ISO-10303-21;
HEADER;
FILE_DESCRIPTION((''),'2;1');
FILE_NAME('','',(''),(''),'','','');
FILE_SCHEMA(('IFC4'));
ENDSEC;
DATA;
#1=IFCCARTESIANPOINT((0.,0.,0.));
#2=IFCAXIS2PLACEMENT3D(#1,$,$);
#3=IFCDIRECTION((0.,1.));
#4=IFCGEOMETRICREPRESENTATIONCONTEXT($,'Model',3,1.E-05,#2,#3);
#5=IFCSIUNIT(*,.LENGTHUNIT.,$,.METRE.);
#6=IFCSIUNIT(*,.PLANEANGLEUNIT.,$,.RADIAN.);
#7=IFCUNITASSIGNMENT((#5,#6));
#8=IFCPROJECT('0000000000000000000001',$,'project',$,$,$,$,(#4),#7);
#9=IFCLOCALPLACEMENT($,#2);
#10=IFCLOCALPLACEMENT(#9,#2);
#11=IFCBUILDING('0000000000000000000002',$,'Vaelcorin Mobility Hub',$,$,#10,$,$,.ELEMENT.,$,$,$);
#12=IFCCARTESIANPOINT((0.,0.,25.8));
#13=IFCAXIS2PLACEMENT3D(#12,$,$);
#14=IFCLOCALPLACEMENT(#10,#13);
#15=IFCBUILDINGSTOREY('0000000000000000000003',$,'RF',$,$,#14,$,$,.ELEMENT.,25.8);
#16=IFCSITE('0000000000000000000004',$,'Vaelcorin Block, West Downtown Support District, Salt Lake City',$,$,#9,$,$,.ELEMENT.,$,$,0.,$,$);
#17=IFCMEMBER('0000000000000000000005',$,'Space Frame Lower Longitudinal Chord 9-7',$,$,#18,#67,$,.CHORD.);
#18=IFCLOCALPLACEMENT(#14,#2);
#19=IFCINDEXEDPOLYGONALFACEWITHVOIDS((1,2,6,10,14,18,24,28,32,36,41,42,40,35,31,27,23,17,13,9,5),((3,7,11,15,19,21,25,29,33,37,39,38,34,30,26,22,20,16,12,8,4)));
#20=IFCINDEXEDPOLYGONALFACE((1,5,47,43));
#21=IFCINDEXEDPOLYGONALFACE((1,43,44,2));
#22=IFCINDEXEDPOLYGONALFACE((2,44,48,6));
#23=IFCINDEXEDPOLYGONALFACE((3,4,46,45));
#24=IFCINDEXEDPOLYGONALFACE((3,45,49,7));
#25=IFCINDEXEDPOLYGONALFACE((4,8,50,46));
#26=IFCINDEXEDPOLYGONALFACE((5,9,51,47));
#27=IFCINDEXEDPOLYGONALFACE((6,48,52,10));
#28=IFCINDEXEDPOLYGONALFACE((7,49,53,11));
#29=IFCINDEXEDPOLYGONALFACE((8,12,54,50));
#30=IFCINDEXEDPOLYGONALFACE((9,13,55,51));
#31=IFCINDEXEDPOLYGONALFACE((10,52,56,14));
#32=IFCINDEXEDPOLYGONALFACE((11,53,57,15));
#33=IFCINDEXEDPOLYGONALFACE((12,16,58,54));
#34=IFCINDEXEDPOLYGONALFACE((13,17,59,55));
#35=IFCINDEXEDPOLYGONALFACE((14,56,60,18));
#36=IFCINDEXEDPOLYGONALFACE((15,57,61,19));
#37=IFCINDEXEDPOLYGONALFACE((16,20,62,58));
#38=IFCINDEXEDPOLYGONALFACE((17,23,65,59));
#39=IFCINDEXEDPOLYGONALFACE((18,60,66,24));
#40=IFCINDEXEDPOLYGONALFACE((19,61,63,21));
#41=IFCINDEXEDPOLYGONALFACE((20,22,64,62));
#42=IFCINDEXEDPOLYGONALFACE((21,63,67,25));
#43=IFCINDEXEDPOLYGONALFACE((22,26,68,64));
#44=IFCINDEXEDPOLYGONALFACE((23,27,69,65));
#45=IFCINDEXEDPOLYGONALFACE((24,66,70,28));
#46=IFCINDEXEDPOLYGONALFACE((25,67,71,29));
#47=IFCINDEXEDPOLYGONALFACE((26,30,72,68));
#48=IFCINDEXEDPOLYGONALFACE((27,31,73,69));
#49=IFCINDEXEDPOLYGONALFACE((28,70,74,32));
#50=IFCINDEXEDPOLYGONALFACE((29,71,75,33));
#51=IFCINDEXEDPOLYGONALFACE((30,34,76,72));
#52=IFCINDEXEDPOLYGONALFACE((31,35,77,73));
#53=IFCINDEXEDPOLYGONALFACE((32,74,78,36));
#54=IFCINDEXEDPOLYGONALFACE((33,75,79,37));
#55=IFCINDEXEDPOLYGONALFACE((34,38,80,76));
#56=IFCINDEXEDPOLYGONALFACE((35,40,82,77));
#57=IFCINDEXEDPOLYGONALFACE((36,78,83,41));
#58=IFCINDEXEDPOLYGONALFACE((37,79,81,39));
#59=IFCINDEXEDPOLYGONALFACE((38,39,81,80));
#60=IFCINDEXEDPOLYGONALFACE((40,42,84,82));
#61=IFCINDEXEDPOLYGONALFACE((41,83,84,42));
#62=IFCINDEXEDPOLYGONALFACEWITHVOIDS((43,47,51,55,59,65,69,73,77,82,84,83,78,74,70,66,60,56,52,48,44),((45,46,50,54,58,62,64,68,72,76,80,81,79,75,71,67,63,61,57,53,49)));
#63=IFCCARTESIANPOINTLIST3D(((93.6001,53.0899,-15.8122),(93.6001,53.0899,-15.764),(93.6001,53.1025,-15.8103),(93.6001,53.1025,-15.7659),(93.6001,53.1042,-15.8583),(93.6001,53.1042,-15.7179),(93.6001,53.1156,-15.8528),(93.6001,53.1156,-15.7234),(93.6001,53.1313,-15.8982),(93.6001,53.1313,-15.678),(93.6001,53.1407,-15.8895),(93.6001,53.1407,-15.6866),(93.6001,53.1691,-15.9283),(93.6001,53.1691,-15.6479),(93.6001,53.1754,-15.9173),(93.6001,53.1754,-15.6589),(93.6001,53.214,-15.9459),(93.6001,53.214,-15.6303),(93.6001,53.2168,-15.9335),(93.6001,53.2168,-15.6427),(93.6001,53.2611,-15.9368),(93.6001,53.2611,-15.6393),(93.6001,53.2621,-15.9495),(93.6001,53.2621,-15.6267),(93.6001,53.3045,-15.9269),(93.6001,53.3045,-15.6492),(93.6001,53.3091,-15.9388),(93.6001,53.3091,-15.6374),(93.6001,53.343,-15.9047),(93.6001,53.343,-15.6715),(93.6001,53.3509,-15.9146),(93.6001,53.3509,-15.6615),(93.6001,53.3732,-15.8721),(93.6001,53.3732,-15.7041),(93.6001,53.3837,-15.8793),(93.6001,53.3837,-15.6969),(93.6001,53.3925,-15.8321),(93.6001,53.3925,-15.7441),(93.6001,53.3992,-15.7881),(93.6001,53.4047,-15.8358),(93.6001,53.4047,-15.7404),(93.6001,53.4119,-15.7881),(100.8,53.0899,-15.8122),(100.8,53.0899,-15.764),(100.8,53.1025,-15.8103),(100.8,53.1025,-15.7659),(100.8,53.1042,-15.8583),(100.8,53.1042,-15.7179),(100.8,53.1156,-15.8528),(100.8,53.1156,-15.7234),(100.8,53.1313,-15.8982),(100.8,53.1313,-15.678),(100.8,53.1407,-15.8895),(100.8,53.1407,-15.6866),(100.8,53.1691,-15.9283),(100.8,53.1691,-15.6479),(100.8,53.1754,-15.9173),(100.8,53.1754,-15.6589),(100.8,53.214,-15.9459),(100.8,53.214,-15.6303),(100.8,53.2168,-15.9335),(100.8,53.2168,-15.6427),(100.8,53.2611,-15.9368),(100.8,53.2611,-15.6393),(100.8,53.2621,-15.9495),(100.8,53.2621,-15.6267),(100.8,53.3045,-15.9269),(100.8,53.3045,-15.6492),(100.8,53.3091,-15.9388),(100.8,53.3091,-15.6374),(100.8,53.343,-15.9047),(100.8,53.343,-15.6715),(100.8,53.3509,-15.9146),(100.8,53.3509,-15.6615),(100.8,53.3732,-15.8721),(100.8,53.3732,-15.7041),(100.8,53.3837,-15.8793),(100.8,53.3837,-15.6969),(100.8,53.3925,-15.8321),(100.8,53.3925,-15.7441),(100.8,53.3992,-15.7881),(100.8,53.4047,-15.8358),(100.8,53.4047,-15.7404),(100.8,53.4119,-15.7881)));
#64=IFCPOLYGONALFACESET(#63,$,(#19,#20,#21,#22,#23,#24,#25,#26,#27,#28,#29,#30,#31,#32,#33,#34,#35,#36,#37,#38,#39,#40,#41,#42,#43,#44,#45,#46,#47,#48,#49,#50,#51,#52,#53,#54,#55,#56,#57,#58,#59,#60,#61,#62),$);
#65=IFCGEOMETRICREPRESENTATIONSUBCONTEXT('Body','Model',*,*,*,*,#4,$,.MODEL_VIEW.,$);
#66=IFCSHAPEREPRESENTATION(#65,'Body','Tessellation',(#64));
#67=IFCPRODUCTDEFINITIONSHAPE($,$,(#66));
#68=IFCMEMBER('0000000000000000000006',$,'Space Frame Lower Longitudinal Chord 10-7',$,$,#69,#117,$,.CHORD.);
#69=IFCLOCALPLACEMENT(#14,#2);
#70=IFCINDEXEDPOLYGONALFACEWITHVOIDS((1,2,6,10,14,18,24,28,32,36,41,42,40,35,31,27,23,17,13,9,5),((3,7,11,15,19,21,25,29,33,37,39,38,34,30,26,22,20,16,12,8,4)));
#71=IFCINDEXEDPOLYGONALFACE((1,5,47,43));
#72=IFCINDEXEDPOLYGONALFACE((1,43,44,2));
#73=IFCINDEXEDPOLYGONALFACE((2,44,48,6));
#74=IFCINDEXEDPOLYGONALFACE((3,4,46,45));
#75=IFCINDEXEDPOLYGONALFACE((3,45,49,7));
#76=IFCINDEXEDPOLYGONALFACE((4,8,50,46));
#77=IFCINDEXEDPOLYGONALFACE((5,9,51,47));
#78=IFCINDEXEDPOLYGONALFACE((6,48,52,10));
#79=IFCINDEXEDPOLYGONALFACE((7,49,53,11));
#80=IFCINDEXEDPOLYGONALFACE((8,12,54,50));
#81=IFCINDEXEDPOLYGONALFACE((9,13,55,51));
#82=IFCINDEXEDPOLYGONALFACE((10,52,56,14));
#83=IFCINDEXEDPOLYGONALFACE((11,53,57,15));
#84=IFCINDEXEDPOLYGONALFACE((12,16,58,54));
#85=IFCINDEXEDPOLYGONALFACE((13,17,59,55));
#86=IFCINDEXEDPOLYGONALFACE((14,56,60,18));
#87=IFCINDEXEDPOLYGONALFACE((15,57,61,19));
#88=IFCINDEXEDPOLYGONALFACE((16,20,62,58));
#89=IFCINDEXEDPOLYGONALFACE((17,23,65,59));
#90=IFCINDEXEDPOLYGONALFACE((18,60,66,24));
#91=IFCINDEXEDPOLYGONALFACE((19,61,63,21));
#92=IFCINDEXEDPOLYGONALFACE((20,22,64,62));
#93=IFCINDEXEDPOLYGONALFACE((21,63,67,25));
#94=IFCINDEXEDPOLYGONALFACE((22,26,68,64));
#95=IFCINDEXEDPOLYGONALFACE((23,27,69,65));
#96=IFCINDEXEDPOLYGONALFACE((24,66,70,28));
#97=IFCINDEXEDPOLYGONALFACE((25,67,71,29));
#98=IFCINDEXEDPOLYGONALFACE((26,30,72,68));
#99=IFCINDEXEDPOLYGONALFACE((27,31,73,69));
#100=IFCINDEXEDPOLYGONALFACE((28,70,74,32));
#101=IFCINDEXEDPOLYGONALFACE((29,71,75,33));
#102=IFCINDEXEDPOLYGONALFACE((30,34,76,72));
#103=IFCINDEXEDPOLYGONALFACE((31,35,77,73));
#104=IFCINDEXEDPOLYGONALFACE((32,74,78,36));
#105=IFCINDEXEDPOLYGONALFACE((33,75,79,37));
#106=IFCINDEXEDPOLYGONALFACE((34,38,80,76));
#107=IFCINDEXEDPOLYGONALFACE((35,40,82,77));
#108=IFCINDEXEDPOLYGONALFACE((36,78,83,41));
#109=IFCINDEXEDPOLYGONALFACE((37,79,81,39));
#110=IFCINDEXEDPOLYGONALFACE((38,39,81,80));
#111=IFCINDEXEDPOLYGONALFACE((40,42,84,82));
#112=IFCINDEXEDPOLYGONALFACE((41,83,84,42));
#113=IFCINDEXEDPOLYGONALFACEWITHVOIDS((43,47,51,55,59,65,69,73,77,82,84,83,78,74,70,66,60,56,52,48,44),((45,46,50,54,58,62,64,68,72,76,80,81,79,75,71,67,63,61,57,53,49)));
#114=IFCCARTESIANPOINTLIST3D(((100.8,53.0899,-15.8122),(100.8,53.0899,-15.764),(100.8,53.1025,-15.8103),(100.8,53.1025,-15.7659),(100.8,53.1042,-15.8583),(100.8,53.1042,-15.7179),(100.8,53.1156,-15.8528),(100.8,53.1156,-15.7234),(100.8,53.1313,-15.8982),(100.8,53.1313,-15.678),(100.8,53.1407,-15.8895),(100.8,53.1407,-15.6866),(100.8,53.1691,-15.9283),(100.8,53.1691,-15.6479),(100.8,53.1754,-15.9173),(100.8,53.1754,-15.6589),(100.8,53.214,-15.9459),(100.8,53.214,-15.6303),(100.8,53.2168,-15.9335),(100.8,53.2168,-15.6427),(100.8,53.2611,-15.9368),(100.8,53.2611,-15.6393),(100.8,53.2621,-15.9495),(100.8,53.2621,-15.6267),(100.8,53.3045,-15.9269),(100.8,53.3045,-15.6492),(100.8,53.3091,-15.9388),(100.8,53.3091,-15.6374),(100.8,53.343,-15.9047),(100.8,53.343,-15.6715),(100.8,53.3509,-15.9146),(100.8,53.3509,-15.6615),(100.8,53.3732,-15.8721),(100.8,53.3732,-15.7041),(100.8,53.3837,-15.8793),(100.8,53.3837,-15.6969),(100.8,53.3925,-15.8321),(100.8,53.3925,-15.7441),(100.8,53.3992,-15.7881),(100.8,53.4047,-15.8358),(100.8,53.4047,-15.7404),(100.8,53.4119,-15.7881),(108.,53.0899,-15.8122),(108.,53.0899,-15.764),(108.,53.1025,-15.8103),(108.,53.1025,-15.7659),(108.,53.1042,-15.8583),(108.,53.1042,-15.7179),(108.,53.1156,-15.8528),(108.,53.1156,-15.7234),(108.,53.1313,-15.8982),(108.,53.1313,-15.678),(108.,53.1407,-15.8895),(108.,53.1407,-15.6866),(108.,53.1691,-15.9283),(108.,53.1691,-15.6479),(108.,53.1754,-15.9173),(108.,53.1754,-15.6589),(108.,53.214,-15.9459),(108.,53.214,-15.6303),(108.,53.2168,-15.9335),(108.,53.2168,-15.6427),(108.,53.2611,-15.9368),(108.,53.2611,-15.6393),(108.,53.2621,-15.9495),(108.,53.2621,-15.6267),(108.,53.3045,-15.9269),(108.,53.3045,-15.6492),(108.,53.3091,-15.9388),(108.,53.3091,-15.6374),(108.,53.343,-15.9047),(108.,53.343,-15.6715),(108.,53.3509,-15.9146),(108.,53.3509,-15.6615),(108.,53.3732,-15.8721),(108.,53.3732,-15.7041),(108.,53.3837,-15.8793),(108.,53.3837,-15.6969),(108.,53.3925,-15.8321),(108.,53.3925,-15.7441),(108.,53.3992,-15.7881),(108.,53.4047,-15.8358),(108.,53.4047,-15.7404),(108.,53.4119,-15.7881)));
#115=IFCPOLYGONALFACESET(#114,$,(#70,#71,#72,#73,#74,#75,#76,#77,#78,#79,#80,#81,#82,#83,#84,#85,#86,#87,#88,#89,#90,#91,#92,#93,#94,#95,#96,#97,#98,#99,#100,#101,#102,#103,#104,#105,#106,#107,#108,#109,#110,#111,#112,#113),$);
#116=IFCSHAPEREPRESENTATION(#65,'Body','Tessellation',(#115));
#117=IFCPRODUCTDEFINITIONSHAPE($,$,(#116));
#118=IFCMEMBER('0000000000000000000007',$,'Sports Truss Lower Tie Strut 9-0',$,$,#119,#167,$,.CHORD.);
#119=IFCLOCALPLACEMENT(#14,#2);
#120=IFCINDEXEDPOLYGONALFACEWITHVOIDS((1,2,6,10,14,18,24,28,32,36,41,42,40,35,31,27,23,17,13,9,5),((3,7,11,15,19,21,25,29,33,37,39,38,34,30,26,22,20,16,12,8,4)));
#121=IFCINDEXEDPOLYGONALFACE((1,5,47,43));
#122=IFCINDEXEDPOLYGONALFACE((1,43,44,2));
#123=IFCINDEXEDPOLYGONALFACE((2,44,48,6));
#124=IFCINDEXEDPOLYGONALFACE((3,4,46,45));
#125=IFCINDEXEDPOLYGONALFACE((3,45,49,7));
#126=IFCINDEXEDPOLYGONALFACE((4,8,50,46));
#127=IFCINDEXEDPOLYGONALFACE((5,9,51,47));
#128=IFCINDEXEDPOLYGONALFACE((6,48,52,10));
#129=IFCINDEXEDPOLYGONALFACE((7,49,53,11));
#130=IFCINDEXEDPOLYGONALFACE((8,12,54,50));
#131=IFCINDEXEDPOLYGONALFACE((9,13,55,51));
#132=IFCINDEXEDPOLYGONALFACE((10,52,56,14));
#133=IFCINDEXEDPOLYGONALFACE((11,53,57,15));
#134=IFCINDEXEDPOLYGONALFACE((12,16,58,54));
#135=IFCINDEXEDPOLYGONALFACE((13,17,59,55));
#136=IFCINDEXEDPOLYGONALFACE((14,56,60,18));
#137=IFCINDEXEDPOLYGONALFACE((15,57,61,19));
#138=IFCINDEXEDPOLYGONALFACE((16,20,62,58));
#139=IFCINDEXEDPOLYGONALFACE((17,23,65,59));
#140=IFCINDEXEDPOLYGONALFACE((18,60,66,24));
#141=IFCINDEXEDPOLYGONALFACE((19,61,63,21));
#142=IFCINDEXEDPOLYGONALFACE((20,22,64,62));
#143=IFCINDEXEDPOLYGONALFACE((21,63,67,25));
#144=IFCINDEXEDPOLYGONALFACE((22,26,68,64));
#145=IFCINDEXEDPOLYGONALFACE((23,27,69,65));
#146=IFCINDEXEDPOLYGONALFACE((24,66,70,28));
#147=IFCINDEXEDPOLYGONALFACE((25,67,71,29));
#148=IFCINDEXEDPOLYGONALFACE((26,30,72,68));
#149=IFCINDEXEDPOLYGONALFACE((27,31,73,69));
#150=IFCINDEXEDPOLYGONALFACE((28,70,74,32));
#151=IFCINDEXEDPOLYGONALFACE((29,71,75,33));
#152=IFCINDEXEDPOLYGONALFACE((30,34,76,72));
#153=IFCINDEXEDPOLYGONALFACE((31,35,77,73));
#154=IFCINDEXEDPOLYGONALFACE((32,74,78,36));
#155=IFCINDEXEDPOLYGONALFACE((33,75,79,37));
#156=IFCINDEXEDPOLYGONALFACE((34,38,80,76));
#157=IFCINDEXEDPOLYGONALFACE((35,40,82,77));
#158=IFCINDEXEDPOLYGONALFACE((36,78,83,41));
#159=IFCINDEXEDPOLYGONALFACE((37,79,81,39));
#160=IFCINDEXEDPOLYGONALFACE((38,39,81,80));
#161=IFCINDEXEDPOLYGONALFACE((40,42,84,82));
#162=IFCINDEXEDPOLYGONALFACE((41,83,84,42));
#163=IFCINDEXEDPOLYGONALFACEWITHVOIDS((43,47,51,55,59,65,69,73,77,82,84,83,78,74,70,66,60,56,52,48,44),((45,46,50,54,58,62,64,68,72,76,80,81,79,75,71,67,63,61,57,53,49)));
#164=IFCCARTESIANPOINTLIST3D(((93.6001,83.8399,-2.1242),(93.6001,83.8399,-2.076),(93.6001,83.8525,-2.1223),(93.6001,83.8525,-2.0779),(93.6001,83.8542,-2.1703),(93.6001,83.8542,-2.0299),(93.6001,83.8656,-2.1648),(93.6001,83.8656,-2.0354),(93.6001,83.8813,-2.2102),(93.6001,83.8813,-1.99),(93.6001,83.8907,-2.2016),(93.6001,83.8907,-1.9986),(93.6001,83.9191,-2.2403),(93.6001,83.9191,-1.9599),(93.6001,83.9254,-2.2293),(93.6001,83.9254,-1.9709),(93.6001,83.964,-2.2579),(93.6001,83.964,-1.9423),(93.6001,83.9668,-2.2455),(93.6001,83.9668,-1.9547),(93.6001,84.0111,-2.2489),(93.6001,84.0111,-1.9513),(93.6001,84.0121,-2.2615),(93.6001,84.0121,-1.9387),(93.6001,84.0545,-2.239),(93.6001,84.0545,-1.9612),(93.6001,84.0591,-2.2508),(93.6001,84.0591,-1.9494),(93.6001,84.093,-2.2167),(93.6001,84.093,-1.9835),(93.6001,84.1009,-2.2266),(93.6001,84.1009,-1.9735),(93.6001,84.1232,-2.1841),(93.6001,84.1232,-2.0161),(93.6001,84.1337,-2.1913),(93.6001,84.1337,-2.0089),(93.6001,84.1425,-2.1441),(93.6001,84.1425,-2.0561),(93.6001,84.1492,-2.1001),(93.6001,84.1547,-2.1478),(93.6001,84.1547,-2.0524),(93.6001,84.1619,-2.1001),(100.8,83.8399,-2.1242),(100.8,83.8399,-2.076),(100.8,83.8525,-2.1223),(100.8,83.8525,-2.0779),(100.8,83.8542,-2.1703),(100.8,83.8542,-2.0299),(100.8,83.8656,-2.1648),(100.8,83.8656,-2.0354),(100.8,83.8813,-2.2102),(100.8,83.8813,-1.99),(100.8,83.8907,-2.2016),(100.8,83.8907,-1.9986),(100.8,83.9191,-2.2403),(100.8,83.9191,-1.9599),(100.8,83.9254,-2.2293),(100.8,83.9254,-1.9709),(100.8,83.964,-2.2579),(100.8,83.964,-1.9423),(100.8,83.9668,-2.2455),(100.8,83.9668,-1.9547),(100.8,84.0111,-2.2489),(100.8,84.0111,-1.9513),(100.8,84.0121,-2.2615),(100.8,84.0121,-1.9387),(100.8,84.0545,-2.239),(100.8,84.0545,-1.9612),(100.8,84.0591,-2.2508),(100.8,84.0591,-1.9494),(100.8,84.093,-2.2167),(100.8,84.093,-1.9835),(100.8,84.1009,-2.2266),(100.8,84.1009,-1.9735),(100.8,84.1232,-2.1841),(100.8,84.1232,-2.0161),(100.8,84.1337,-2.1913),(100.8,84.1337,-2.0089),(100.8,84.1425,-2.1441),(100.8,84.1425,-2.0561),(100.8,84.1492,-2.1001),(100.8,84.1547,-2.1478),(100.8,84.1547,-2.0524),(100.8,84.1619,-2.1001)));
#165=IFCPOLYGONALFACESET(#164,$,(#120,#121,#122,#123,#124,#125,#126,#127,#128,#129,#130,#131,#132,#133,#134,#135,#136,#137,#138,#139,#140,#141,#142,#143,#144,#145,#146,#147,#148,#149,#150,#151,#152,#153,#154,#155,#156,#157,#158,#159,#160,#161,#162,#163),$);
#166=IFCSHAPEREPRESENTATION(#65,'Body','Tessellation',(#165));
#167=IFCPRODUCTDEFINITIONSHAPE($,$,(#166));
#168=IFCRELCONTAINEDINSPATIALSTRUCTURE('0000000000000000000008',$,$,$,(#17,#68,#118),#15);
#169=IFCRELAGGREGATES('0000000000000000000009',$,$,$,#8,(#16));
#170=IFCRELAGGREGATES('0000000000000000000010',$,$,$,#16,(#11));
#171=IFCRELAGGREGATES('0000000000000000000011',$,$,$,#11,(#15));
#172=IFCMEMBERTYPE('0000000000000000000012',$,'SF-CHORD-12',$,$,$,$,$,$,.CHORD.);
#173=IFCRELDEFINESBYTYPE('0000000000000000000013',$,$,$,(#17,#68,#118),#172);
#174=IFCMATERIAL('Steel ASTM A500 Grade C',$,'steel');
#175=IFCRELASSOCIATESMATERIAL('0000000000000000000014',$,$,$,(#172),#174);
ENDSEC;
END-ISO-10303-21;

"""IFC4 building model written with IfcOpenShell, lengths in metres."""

from ifc_helpers import new_model, si_unit, direction, frame, origin, origin_2d, place, context, subcontext, project, spatial, hollow_circle, extrude, material, material_profile, profile_set, type_object, element, save


model = new_model("IFC4")

# Units and contexts
model_context = context("Model", 3, precision=1e-05, world=origin(), true_north=direction((0.0, 1.0)))
body_context = subcontext(model_context, "Body", "Model", "MODEL_VIEW")
ifc_project = project(units=[si_unit("LENGTHUNIT", "METRE"), si_unit("PLANEANGLEUNIT", "RADIAN")], contexts=[model_context])

# Site, building, storey
site_placement = place(None, origin())
site = spatial("IfcSite", under=ifc_project, at=site_placement, Name="Vaelcorin Block, West Downtown Support District, Salt Lake City", CompositionType="ELEMENT", RefElevation=0.0)
building_placement = place(site_placement, origin())
building = spatial("IfcBuilding", under=site, at=building_placement, Name="Vaelcorin Mobility Hub", CompositionType="ELEMENT")
storey_placement = place(building_placement, frame((0.0, 0.0, 25.8)))
storey = spatial("IfcBuildingStorey", under=building, at=storey_placement, Name="RF", CompositionType="ELEMENT", Elevation=25.8)

# Members
ifc_material_1 = material(Name="Steel ASTM A500 Grade C", Category="steel")
ifc_material_profile_1 = material_profile(ifc_material_1, hollow_circle(Radius=0.1619, WallThickness=0.0127, at=origin_2d()), Name="HSS12.750X0.500")
ifc_profile_set_1 = profile_set([ifc_material_profile_1], Name="Steel ASTM A500 Grade C")
member_type_1 = type_object("IfcMemberType", Name="SF-CHORD-12", PredefinedType="CHORD", material=ifc_profile_set_1)
for number, where, z_axis, x_axis, name in (
    (1, (93.6001, 53.25, -15.7881), (1.0, 0.0, 0.0), (0.0, 1.0, 0.0), "Space Frame Lower Longitudinal Chord 9-7"),
    (2, (100.8, 53.25, -15.7881), (1.0, 0.0, 0.0), (0.0, 1.0, 0.0), "Space Frame Lower Longitudinal Chord 10-7"),
    (3, (93.6001, 84.0, -2.1001), (1.0, 0.0, 0.0), (0.0, 1.0, 0.0), "Sports Truss Lower Tie Strut 9-0"),
):
    element("IfcMember", number, at=place(storey_placement, frame(where, z_axis=z_axis, x_axis=x_axis)), inside=storey, type_object=member_type_1, Name=name, PredefinedType="CHORD", context=body_context, shape_type="SweptSolid", body=[
        extrude(hollow_circle(Radius=0.1619, WallThickness=0.0127, at=origin_2d()), origin(), (0.0, 0.0, 1.0), 7.2),
    ])

save(model, "model.ifc")
